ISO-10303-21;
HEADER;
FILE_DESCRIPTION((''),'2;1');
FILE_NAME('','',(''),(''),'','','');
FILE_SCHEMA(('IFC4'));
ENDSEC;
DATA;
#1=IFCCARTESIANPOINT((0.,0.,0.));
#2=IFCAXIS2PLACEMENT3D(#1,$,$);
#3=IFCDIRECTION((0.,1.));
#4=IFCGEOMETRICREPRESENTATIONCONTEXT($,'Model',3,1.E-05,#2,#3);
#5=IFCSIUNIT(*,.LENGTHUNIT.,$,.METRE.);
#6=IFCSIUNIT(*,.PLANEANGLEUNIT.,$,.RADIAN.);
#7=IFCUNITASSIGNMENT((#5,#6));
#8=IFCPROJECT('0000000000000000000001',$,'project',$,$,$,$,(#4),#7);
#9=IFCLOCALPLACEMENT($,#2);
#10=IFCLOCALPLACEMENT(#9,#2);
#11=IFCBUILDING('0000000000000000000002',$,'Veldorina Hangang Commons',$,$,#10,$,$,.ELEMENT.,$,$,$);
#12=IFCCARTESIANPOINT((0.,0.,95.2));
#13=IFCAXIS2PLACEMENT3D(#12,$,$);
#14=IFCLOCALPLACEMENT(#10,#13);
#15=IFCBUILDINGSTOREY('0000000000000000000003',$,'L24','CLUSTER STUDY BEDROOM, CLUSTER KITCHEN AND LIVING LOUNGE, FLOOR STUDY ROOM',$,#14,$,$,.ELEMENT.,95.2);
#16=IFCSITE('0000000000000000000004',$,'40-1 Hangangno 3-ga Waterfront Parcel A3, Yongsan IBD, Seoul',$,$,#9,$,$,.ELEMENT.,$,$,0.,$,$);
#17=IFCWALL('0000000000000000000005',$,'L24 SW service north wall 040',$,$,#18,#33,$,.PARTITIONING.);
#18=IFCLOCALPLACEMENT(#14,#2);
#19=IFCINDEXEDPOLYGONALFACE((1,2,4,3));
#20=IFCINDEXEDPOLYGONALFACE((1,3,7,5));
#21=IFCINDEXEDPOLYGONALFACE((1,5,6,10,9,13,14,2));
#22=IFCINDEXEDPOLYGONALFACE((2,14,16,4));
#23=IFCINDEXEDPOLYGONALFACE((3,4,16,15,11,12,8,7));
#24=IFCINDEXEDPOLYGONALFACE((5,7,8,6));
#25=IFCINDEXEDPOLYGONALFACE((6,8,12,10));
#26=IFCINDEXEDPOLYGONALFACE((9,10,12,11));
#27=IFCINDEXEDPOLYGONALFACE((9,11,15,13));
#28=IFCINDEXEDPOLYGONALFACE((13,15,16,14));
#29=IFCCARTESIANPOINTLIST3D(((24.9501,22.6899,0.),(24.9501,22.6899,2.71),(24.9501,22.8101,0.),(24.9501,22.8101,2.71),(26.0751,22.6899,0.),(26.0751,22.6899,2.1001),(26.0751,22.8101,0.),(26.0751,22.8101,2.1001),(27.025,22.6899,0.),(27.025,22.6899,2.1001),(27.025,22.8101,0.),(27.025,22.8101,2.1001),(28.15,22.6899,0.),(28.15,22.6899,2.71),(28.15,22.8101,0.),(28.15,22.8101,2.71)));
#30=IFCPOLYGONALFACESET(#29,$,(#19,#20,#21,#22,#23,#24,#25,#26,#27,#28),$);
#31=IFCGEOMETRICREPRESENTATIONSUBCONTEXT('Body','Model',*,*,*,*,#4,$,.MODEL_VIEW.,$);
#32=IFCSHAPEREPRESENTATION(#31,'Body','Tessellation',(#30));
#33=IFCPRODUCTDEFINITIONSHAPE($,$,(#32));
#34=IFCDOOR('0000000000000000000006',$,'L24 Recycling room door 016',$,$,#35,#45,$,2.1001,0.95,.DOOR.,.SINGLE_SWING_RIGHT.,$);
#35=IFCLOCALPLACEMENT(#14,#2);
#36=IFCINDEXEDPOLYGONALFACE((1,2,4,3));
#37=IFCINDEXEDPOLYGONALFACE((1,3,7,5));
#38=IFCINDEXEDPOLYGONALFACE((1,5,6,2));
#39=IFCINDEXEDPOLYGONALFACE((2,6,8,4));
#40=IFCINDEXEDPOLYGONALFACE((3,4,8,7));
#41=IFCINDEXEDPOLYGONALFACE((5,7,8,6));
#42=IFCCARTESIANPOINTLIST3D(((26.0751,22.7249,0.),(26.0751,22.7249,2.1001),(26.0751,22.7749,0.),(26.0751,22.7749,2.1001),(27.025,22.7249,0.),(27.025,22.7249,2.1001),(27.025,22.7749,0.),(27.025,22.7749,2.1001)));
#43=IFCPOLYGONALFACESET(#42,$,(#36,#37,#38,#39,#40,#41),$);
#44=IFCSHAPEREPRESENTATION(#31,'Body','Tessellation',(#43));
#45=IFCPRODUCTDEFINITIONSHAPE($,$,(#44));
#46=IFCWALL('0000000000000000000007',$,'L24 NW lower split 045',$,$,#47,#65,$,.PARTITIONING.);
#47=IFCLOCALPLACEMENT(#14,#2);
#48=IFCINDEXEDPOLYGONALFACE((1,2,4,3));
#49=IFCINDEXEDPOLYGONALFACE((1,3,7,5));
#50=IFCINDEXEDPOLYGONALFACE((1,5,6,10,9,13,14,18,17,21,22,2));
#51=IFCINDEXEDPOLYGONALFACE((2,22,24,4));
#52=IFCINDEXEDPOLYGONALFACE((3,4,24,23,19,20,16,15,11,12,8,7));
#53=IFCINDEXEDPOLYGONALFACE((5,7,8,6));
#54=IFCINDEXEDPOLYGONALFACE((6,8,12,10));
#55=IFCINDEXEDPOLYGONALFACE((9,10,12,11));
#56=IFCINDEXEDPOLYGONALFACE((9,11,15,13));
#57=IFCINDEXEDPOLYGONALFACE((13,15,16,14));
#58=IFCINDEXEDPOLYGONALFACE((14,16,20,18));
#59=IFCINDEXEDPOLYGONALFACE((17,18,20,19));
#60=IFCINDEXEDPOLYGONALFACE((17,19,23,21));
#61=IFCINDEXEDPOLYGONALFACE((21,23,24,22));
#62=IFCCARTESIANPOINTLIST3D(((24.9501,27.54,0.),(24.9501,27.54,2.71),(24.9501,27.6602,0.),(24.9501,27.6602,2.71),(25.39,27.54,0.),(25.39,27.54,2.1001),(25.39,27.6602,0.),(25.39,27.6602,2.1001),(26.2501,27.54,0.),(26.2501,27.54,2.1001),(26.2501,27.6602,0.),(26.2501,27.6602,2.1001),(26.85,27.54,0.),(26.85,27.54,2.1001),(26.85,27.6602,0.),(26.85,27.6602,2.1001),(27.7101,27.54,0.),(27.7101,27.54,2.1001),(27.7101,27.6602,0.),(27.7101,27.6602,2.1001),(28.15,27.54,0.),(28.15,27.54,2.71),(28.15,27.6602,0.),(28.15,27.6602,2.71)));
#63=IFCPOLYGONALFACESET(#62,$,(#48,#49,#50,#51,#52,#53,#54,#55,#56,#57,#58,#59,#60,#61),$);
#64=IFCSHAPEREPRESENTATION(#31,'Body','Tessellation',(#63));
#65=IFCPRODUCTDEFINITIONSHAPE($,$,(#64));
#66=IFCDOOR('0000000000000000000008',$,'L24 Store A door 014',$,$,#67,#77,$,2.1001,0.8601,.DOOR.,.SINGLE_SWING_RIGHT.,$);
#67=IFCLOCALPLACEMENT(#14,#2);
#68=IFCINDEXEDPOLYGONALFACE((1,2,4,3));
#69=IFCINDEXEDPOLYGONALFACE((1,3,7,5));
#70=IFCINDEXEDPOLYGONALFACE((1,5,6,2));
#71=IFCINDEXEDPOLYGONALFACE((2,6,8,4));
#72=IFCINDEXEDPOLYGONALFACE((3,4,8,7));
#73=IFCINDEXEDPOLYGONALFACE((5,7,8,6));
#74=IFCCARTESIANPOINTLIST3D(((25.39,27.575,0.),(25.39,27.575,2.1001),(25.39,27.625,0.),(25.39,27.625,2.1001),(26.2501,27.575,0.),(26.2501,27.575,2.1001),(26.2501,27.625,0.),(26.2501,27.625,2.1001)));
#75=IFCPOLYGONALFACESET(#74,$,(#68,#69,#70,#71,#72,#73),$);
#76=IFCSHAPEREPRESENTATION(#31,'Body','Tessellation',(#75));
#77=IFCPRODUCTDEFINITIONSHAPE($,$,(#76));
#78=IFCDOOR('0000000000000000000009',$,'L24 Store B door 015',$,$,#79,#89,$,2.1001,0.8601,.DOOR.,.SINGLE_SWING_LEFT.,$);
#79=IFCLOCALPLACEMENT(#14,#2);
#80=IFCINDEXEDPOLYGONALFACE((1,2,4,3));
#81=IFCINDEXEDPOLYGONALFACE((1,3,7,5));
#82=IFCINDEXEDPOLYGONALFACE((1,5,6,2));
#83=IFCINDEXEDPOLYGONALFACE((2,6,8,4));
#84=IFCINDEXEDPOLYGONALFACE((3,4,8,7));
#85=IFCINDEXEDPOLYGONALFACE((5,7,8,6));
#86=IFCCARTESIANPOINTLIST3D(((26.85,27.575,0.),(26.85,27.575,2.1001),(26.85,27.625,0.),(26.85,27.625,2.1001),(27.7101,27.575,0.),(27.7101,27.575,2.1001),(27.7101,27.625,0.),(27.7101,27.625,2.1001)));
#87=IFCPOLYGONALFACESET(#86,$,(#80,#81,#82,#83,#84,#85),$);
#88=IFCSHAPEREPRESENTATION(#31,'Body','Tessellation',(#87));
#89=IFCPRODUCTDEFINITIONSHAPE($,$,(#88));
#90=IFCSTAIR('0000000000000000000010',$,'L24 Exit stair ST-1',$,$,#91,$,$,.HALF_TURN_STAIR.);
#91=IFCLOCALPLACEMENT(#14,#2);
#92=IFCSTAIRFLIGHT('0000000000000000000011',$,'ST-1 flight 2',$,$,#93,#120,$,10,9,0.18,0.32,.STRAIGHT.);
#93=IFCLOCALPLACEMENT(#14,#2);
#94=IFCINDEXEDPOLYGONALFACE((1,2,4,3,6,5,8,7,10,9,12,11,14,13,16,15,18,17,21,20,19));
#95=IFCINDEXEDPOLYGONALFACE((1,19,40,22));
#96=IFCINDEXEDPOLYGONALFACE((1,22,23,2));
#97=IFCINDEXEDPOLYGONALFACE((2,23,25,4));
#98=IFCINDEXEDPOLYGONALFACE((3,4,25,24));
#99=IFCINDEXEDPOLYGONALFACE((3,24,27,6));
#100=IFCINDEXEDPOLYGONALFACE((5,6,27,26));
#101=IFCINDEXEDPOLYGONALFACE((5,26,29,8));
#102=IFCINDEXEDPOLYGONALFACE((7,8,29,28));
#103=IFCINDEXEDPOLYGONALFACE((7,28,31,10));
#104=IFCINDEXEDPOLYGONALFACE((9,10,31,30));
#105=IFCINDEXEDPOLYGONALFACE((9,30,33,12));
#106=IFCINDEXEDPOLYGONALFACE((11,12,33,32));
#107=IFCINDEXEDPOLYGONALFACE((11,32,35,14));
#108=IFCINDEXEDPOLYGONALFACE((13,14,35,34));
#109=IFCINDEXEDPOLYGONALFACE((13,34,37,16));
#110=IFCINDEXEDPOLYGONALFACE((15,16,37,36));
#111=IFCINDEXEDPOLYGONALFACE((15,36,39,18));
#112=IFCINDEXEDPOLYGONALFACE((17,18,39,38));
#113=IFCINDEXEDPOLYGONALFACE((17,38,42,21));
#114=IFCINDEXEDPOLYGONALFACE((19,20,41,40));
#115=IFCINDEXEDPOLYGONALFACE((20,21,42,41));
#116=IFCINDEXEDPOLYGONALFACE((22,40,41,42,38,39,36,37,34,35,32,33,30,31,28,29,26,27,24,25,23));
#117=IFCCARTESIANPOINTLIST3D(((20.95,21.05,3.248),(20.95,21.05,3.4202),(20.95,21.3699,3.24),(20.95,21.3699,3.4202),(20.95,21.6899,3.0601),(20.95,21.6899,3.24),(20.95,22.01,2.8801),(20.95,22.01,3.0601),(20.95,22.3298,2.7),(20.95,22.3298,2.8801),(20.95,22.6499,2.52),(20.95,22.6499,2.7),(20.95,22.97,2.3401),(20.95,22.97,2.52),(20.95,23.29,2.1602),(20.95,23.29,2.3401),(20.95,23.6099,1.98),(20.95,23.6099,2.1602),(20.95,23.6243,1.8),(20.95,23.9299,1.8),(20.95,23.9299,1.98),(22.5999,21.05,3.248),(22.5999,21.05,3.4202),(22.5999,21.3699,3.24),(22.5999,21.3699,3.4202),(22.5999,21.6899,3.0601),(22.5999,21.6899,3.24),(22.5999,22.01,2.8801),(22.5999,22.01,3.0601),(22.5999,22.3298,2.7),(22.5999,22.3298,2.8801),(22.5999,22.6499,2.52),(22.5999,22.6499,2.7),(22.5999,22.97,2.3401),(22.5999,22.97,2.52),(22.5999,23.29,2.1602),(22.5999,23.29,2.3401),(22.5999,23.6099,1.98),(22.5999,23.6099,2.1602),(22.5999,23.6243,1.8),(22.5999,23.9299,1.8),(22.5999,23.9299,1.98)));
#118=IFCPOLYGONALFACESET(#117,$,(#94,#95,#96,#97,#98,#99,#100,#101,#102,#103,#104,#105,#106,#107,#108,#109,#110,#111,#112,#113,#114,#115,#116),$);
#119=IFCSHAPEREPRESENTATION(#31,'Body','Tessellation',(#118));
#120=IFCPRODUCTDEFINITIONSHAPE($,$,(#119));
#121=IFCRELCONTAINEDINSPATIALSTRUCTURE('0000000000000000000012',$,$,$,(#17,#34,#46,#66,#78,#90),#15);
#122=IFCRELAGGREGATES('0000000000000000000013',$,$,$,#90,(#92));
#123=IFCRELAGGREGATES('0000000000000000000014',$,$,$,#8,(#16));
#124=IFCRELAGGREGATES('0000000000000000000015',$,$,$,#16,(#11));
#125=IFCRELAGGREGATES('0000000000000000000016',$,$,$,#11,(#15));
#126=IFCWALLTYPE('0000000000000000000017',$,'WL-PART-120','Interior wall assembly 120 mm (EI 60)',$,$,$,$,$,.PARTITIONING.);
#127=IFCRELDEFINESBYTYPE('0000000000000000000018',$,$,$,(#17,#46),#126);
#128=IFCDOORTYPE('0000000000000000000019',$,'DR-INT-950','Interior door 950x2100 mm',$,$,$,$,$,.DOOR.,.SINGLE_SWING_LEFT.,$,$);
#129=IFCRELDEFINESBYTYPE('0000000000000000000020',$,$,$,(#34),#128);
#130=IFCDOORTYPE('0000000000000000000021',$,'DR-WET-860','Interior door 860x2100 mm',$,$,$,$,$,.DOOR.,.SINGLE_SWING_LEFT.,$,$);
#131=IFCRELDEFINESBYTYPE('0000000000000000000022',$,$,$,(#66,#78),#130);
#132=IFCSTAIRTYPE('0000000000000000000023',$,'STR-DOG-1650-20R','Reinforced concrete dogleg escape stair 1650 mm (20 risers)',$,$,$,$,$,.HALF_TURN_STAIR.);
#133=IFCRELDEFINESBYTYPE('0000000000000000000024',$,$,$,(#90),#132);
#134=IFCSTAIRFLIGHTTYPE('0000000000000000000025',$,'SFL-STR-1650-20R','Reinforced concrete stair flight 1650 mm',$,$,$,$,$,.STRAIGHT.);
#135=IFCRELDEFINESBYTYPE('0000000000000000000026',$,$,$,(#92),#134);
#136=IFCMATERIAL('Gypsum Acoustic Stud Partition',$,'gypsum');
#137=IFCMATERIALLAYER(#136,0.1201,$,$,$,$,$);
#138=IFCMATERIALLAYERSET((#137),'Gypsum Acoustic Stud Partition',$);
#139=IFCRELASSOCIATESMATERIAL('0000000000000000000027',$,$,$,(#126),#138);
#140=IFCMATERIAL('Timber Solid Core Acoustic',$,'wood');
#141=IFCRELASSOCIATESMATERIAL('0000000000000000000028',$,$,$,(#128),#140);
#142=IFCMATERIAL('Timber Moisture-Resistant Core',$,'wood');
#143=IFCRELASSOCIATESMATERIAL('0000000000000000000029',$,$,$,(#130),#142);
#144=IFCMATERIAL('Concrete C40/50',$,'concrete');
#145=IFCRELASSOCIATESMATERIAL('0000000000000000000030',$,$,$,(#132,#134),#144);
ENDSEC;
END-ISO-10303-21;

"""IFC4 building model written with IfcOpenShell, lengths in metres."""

from ifc_helpers import new_model, si_unit, direction, frame, frame_2d, origin, place, context, subcontext, project, spatial, polyline, rectangle, outline, extrude, material, layer, layer_set, type_object, element, fill, aggregate, save


model = new_model("IFC4")

# Units and contexts
model_context = context("Model", 3, precision=1e-05, world=origin(), true_north=direction((0.0, 1.0)))
body_context = subcontext(model_context, "Body", "Model", "MODEL_VIEW")
ifc_project = project(units=[si_unit("LENGTHUNIT", "METRE"), si_unit("PLANEANGLEUNIT", "RADIAN")], contexts=[model_context])

# Site, building, storey
site_placement = place(None, origin())
site = spatial("IfcSite", under=ifc_project, at=site_placement, Name="40-1 Hangangno 3-ga Waterfront Parcel A3, Yongsan IBD, Seoul", CompositionType="ELEMENT", RefElevation=0.0)
building_placement = place(site_placement, origin())
building = spatial("IfcBuilding", under=site, at=building_placement, Name="Veldorina Hangang Commons", CompositionType="ELEMENT")
storey_placement = place(building_placement, frame((0.0, 0.0, 95.2)))
storey = spatial("IfcBuildingStorey", under=building, at=storey_placement, Name="L24", Description="CLUSTER STUDY BEDROOM, CLUSTER KITCHEN AND LIVING LOUNGE, FLOOR STUDY ROOM", CompositionType="ELEMENT", Elevation=95.2)

# Wall, opening, door
ifc_material_1 = material(Name="Gypsum Acoustic Stud Partition", Category="gypsum")
ifc_layer_1 = layer(ifc_material_1, 0.1201)
ifc_layer_set_1 = layer_set([ifc_layer_1], Name="Gypsum Acoustic Stud Partition")
wall_type_1 = type_object("IfcWallType", Name="WL-PART-120", Description="Interior wall assembly 120 mm (EI 60)", PredefinedType="PARTITIONING", material=ifc_layer_set_1)
ifc_material_2 = material(Name="Timber Solid Core Acoustic", Category="wood")
door_type_1 = type_object("IfcDoorType", Name="DR-INT-950", Description="Interior door 950x2100 mm", OperationType="SINGLE_SWING_LEFT", PredefinedType="DOOR", material=ifc_material_2)
wall_1_placement = place(storey_placement, frame((24.95, 22.75, 0.0), z_axis=(0.0, 0.0, 1.0), x_axis=(1.0, 0.0, 0.0)))
wall_1 = element("IfcWall", 1, at=wall_1_placement, inside=storey, type_object=wall_type_1, Name="L24 SW service north wall 040", PredefinedType="PARTITIONING", context=body_context, shape_type="SweptSolid", body=[
    extrude(rectangle(XDim=3.2, YDim=0.1201, at=frame_2d((1.6001, 0.0))), origin(), (0.0, 0.0, 1.0), 2.71),
])
opening_1_placement = place(wall_1_placement, frame((1.125, 0.0, 0.0)))
opening_1 = element("IfcOpeningElement", 2, at=opening_1_placement, cuts=wall_1, PredefinedType="OPENING", context=body_context, shape_type="SweptSolid", body=[
    extrude(rectangle(XDim=0.95, YDim=2.1001, at=frame_2d((0.4751, 1.05))), frame((0.0, 0.0701, 0.0), z_axis=(0.0, -1.0, 0.0), x_axis=(1.0, 0.0, 0.0)), (0.0, 0.0, 1.0), 0.1401),
])
door_1_placement = place(opening_1_placement, origin())
door_1 = element("IfcDoor", 3, at=door_1_placement, inside=storey, type_object=door_type_1, Name="L24 Recycling room door 016", OperationType="SINGLE_SWING_RIGHT", OverallHeight=2.1001, OverallWidth=0.95, PredefinedType="DOOR", context=body_context, shape_type="SweptSolid", body=[
    extrude(rectangle(XDim=0.95, YDim=2.1001, at=frame_2d((0.4751, 1.05))), frame((0.0, 0.0249, 0.0), z_axis=(0.0, -1.0, 0.0), x_axis=(1.0, 0.0, 0.0)), (0.0, 0.0, 1.0), 0.05),
])
fill(opening_1, door_1)

# Wall, openings, doors
wall_2_placement = place(storey_placement, frame((24.95, 27.6001, 0.0), z_axis=(0.0, 0.0, 1.0), x_axis=(1.0, 0.0, 0.0)))
wall_2 = element("IfcWall", 4, at=wall_2_placement, inside=storey, type_object=wall_type_1, Name="L24 NW lower split 045", PredefinedType="PARTITIONING", context=body_context, shape_type="SweptSolid", body=[
    extrude(rectangle(XDim=3.2, YDim=0.1201, at=frame_2d((1.6001, 0.0))), origin(), (0.0, 0.0, 1.0), 2.71),
])
opening_2_placement = place(wall_2_placement, frame((0.4399, 0.0, 0.0)))
opening_2 = element("IfcOpeningElement", 5, at=opening_2_placement, cuts=wall_2, PredefinedType="OPENING", context=body_context, shape_type="SweptSolid", body=[
    extrude(rectangle(XDim=0.8601, YDim=2.1001, at=frame_2d((0.4302, 1.05))), frame((0.0, 0.0701, 0.0), z_axis=(0.0, -1.0, 0.0), x_axis=(1.0, 0.0, 0.0)), (0.0, 0.0, 1.0), 0.1401),
])
opening_3_placement = place(wall_2_placement, frame((1.8999, 0.0, 0.0)))
opening_3 = element("IfcOpeningElement", 6, at=opening_3_placement, cuts=wall_2, PredefinedType="OPENING", context=body_context, shape_type="SweptSolid", body=[
    extrude(rectangle(XDim=0.8601, YDim=2.1001, at=frame_2d((0.4302, 1.05))), frame((0.0, 0.0701, 0.0), z_axis=(0.0, -1.0, 0.0), x_axis=(1.0, 0.0, 0.0)), (0.0, 0.0, 1.0), 0.1401),
])
ifc_material_3 = material(Name="Timber Moisture-Resistant Core", Category="wood")
door_type_2 = type_object("IfcDoorType", Name="DR-WET-860", Description="Interior door 860x2100 mm", OperationType="SINGLE_SWING_LEFT", PredefinedType="DOOR", material=ifc_material_3)
door_2_placement = place(opening_2_placement, origin())
door_2 = element("IfcDoor", 7, at=door_2_placement, inside=storey, type_object=door_type_2, Name="L24 Store A door 014", OperationType="SINGLE_SWING_RIGHT", OverallHeight=2.1001, OverallWidth=0.8601, PredefinedType="DOOR", context=body_context, shape_type="SweptSolid", body=[
    extrude(rectangle(XDim=0.8601, YDim=2.1001, at=frame_2d((0.4302, 1.05))), frame((0.0, 0.0249, 0.0), z_axis=(0.0, -1.0, 0.0), x_axis=(1.0, 0.0, 0.0)), (0.0, 0.0, 1.0), 0.05),
])
fill(opening_2, door_2)
door_3_placement = place(opening_3_placement, origin())
door_3 = element("IfcDoor", 8, at=door_3_placement, inside=storey, type_object=door_type_2, Name="L24 Store B door 015", OperationType="SINGLE_SWING_LEFT", OverallHeight=2.1001, OverallWidth=0.8601, PredefinedType="DOOR", context=body_context, shape_type="SweptSolid", body=[
    extrude(rectangle(XDim=0.8601, YDim=2.1001, at=frame_2d((0.4302, 1.05))), frame((0.0, 0.0249, 0.0), z_axis=(0.0, -1.0, 0.0), x_axis=(1.0, 0.0, 0.0)), (0.0, 0.0, 1.0), 0.05),
])
fill(opening_3, door_3)

# Stair, stair flight
ifc_material_4 = material(Name="Concrete C40/50", Category="concrete")
stair_type = type_object("IfcStairType", Name="STR-DOG-1650-20R", Description="Reinforced concrete dogleg escape stair 1650 mm (20 risers)", PredefinedType="HALF_TURN_STAIR", material=ifc_material_4)
stair_placement = place(storey_placement, origin())
stair = element("IfcStair", 9, at=stair_placement, inside=storey, type_object=stair_type, Name="L24 Exit stair ST-1", PredefinedType="HALF_TURN_STAIR")
stair_flight_type = type_object("IfcStairFlightType", Name="SFL-STR-1650-20R", Description="Reinforced concrete stair flight 1650 mm", PredefinedType="STRAIGHT", material=ifc_material_4)
stair_flight_placement = place(storey_placement, frame((21.7749, 23.9299, 1.8), z_axis=(0.0, 0.0, 1.0), x_axis=(0.0, -1.0, 0.0)))
stair_flight = element("IfcStairFlight", 10, at=stair_flight_placement, type_object=stair_flight_type, Name="ST-1 flight 2", NumberOfRisers=10, NumberOfTreads=9, PredefinedType="STRAIGHT", RiserHeight=0.18, TreadLength=0.32, context=body_context, shape_type="SweptSolid", body=[
    extrude(outline(polyline([(0.0, 0.0), (0.0, 0.1799), (0.3201, 0.1799), (0.3201, 0.3601), (0.6399, 0.3601), (0.6399, 0.54), (0.96, 0.54), (0.96, 0.72), (1.28, 0.72), (1.28, 0.8999), (1.6001, 0.8999), (1.6001, 1.0801), (1.9199, 1.0801), (1.9199, 1.26), (2.24, 1.26), (2.24, 1.4399), (2.5601, 1.4399), (2.5601, 1.6201), (2.8799, 1.6201), (2.8799, 1.8), (2.8799, 1.448), (0.3057, 0.0), (0.0, 0.0)])), frame((0.0, 0.825, 0.0), z_axis=(0.0, -1.0, 0.0), x_axis=(1.0, 0.0, 0.0)), (0.0, 0.0, 1.0), 1.6499),
])
aggregate(stair, [stair_flight])

save(model, "model.ifc")
